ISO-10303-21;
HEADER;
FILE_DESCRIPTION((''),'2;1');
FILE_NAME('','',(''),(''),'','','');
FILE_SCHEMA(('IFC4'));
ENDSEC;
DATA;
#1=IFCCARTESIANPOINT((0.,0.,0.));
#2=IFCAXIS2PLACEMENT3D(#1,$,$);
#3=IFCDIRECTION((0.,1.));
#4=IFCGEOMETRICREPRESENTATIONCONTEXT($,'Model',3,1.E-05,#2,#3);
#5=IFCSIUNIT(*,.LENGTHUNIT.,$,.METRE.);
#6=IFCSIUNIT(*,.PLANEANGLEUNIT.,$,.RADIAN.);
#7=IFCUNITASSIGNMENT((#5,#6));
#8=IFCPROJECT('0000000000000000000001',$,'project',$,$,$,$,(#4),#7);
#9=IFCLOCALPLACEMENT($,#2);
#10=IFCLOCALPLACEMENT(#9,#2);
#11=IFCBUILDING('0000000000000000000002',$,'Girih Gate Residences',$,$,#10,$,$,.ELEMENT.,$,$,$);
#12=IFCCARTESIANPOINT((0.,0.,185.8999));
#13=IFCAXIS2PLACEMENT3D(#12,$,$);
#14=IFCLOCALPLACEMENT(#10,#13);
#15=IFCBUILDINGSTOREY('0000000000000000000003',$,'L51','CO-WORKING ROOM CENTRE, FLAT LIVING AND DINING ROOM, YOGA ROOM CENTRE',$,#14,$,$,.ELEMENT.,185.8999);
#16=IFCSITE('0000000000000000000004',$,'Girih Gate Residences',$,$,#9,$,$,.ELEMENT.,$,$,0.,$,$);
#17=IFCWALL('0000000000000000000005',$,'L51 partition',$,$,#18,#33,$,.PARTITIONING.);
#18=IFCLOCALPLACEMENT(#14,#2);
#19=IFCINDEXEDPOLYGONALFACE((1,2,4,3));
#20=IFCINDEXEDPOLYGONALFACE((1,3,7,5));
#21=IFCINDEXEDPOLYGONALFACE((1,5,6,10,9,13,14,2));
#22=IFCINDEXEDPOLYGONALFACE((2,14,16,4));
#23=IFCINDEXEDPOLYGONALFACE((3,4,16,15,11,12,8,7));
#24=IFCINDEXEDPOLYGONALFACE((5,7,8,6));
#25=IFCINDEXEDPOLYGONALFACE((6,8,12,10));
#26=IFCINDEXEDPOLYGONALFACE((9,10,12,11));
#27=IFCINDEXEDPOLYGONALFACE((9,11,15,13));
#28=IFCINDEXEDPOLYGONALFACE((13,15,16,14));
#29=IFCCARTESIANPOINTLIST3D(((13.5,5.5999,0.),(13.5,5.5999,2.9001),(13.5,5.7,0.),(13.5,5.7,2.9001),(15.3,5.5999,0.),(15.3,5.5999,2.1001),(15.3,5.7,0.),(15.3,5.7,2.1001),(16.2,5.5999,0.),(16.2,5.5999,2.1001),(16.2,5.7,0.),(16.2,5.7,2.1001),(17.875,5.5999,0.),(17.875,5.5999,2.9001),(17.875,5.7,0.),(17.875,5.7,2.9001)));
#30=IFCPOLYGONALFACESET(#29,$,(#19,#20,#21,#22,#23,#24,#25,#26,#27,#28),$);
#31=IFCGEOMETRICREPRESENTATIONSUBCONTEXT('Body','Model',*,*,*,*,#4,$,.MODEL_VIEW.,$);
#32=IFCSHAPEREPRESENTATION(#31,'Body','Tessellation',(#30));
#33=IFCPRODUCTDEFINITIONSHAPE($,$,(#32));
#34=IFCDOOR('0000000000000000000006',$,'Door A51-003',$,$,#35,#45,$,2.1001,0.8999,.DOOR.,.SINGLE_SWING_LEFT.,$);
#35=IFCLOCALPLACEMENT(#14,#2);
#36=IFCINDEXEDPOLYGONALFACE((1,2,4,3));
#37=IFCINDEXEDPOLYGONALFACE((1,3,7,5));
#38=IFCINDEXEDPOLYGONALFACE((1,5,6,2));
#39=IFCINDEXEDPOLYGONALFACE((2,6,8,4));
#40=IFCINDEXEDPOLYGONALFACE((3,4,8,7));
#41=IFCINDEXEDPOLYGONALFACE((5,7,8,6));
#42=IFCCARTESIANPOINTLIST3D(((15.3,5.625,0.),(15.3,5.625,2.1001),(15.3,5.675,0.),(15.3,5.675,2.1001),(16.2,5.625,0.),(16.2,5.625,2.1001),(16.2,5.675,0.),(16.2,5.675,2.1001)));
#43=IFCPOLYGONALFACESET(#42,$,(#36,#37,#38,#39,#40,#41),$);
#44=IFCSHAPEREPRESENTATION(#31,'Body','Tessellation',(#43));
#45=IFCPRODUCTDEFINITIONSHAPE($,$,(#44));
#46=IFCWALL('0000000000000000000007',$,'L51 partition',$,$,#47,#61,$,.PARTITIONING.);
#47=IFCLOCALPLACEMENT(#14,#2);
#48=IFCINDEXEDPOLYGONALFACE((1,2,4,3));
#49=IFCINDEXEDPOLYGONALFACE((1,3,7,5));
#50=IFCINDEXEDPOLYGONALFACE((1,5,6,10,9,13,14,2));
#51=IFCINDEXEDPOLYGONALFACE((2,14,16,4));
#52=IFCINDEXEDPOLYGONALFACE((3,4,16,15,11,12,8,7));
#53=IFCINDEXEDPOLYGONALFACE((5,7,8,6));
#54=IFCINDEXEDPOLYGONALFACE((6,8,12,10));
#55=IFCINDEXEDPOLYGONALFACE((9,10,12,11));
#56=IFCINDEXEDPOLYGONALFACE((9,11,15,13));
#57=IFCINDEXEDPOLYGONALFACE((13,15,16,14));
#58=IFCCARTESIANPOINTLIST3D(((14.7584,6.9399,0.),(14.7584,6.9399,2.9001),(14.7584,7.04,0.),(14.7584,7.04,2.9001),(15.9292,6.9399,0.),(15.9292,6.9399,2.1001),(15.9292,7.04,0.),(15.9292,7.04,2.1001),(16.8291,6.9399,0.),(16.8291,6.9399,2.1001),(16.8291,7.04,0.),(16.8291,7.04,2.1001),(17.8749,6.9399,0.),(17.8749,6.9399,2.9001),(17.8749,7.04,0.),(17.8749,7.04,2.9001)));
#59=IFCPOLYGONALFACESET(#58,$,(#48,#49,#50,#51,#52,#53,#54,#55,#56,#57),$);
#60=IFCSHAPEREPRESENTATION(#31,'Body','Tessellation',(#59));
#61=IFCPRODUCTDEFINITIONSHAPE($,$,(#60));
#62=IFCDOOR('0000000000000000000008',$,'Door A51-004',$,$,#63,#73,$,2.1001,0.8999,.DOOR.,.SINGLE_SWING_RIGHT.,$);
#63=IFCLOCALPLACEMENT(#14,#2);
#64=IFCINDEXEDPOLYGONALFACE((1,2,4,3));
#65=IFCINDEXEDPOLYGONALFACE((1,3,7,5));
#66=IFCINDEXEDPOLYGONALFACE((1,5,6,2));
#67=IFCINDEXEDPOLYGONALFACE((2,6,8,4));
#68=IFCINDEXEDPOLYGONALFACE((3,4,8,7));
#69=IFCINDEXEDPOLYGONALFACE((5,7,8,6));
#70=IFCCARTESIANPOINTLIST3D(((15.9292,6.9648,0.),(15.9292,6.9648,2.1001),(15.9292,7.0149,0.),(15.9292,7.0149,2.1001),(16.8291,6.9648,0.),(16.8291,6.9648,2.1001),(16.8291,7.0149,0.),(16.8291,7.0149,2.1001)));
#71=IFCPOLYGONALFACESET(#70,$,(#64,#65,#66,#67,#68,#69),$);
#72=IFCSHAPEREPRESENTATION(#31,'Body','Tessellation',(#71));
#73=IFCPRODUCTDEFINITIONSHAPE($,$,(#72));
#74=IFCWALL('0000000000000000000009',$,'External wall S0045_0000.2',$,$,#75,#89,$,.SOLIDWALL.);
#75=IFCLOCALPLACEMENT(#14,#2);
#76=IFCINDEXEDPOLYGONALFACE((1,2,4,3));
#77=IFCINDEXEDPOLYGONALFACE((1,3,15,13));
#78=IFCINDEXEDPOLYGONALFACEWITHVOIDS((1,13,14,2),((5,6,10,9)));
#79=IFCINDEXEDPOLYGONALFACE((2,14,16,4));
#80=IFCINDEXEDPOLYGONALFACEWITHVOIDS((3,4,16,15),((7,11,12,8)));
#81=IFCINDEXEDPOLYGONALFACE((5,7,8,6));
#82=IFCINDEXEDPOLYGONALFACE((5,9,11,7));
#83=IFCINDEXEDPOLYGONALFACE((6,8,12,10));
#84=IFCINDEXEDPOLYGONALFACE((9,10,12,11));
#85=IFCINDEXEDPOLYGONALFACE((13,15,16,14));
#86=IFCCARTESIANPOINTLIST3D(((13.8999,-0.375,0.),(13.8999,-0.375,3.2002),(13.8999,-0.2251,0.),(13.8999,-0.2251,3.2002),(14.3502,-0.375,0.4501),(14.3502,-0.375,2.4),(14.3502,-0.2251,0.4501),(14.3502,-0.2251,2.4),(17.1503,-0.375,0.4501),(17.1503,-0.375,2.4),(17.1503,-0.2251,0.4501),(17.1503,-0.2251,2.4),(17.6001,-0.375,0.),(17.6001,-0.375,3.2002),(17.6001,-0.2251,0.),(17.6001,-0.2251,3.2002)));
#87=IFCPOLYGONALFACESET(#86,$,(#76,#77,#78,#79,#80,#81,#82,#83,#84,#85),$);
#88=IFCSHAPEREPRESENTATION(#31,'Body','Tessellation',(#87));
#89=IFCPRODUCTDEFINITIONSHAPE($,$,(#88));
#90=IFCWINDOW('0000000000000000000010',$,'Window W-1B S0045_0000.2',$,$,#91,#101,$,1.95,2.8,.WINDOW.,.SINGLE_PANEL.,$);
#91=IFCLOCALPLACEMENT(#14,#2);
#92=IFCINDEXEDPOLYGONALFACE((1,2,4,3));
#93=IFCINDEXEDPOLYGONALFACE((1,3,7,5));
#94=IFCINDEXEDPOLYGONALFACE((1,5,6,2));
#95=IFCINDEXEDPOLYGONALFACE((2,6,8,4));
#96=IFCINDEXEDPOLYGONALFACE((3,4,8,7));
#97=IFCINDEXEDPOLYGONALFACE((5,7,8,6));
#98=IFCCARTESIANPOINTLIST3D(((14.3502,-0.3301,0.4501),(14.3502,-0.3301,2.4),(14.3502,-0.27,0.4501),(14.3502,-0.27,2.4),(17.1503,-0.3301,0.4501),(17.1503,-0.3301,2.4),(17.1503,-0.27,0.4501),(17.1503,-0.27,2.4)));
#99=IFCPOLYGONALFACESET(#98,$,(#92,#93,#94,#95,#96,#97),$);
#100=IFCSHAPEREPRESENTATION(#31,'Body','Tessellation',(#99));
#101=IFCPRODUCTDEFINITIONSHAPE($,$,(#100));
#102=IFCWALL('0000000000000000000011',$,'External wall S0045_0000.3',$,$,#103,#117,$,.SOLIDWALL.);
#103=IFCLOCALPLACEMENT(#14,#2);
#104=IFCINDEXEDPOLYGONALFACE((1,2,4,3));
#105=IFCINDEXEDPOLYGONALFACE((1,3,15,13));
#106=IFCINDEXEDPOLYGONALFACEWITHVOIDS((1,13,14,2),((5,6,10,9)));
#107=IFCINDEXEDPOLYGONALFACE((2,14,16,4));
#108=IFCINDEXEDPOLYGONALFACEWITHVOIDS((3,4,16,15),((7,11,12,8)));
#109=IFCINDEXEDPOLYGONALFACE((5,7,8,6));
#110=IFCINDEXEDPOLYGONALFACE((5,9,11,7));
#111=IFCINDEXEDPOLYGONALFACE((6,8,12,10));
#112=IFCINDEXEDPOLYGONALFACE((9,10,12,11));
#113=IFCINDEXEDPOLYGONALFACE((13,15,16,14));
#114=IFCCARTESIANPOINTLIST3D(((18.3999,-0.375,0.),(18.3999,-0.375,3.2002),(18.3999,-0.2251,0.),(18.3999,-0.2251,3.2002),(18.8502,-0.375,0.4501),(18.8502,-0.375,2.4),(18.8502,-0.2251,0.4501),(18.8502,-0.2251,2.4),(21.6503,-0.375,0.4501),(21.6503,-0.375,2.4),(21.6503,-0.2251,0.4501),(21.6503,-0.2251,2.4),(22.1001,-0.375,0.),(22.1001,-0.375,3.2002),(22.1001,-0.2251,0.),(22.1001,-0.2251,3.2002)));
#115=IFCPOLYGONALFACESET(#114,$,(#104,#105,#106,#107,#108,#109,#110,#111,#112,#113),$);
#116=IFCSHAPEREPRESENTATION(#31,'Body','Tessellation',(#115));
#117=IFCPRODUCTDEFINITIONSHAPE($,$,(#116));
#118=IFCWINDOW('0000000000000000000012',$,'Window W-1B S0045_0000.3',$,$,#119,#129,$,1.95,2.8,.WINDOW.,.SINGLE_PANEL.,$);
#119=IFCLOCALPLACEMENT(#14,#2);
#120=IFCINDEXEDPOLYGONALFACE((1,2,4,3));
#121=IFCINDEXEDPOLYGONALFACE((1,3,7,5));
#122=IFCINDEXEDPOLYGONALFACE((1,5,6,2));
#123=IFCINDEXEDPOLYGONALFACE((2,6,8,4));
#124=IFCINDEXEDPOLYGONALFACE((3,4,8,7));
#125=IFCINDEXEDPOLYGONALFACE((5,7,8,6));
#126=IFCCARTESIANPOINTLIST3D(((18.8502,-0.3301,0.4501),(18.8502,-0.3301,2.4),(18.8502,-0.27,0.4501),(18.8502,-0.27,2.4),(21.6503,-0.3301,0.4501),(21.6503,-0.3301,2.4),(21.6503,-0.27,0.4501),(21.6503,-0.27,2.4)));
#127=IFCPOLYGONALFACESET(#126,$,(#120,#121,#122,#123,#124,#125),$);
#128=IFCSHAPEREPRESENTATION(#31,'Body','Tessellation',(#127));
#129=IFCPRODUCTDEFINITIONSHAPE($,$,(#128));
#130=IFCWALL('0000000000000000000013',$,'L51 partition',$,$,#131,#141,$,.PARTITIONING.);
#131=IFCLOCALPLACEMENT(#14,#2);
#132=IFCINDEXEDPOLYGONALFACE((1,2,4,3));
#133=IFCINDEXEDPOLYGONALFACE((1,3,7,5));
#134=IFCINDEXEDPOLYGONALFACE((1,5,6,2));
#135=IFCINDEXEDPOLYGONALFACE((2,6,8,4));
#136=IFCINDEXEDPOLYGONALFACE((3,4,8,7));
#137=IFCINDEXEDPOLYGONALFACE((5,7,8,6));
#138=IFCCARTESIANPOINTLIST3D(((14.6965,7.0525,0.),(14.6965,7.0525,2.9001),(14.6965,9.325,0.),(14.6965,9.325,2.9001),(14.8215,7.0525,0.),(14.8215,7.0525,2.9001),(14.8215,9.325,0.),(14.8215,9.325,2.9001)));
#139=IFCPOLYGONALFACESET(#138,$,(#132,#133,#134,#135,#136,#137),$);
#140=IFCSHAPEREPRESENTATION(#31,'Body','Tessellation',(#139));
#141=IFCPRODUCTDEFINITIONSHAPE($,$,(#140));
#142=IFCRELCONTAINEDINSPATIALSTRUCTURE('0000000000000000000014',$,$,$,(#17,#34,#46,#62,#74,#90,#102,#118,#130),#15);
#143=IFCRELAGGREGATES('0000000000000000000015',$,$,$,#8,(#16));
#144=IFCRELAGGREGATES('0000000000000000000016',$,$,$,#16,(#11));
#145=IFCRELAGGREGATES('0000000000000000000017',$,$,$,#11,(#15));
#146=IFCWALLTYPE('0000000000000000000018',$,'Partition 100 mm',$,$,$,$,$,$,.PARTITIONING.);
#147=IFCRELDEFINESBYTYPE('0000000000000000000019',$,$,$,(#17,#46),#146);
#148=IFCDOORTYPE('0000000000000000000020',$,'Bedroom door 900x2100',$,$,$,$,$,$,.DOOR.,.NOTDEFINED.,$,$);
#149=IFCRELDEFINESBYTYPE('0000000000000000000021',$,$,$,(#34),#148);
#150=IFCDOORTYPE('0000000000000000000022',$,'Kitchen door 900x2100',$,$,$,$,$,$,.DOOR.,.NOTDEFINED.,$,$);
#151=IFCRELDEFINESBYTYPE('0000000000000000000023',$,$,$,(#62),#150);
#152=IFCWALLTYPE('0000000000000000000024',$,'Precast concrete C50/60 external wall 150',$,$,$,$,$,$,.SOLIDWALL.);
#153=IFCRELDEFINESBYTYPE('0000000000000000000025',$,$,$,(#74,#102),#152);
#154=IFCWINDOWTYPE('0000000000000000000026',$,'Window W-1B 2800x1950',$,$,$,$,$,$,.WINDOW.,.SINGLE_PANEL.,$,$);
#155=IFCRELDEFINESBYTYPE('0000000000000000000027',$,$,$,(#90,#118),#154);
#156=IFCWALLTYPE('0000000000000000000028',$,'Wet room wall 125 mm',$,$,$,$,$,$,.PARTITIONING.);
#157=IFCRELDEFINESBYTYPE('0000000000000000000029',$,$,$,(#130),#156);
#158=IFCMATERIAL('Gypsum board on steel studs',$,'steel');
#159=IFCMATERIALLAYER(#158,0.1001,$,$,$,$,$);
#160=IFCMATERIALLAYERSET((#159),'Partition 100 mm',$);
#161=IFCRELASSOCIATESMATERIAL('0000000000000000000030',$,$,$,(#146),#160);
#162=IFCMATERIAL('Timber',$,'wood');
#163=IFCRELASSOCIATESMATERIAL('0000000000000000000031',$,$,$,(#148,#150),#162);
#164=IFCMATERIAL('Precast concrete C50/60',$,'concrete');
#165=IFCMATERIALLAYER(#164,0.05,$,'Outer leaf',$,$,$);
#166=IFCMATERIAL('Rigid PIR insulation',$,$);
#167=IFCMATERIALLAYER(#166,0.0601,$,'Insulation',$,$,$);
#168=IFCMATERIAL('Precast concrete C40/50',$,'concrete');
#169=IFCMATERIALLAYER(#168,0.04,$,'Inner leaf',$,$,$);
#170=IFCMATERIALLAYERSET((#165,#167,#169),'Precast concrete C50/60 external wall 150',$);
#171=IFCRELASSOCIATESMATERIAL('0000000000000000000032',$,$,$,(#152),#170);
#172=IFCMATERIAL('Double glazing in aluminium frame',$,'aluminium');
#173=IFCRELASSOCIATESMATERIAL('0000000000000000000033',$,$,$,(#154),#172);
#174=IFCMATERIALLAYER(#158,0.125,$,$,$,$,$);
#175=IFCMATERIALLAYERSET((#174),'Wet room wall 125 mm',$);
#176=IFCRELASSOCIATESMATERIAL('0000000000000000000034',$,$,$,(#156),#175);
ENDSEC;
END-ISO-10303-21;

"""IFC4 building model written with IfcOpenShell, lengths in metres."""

from ifc_helpers import new_model, si_unit, direction, frame, frame_2d, origin, place, context, subcontext, project, spatial, rectangle, extrude, material, layer, layer_set, type_object, element, fill, save


model = new_model("IFC4")

# Units and contexts
model_context = context("Model", 3, precision=1e-05, world=origin(), true_north=direction((0.0, 1.0)))
body_context = subcontext(model_context, "Body", "Model", "MODEL_VIEW")
ifc_project = project(units=[si_unit("LENGTHUNIT", "METRE"), si_unit("PLANEANGLEUNIT", "RADIAN")], contexts=[model_context])

# Site, building, storey
site_placement = place(None, origin())
site = spatial("IfcSite", under=ifc_project, at=site_placement, Name="Girih Gate Residences", CompositionType="ELEMENT", RefElevation=0.0)
building_placement = place(site_placement, origin())
building = spatial("IfcBuilding", under=site, at=building_placement, Name="Girih Gate Residences", CompositionType="ELEMENT")
storey_placement = place(building_placement, frame((0.0, 0.0, 185.8999)))
storey = spatial("IfcBuildingStorey", under=building, at=storey_placement, Name="L51", Description="CO-WORKING ROOM CENTRE, FLAT LIVING AND DINING ROOM, YOGA ROOM CENTRE", CompositionType="ELEMENT", Elevation=185.8999)

# Shared definitions
ifc_material_1 = material(Name="Gypsum board on steel studs", Category="steel")
ifc_layer_1 = layer(ifc_material_1, 0.1001)
ifc_layer_set_1 = layer_set([ifc_layer_1], Name="Partition 100 mm")
wall_type_1 = type_object("IfcWallType", Name="Partition 100 mm", PredefinedType="PARTITIONING", material=ifc_layer_set_1)

# Walls, openings, doors
ifc_material_2 = material(Name="Timber", Category="wood")
door_type_1 = type_object("IfcDoorType", Name="Bedroom door 900x2100", OperationType="NOTDEFINED", PredefinedType="DOOR", material=ifc_material_2)
wall_1_placement = place(storey_placement, frame((17.875, 5.6499, 0.0), z_axis=(0.0, 0.0, 1.0), x_axis=(-1.0, 0.0, 0.0)))
wall_1 = element("IfcWall", 1, at=wall_1_placement, inside=storey, type_object=wall_type_1, Name="L51 partition", PredefinedType="PARTITIONING", context=body_context, shape_type="SweptSolid", body=[
    extrude(rectangle(XDim=4.375, YDim=0.1001, at=frame_2d((2.1875, 0.0))), origin(), (0.0, 0.0, 1.0), 2.9001),
])
opening_1_placement = place(wall_1_placement, frame((1.675, 0.0, 0.0)))
opening_1 = element("IfcOpeningElement", 2, at=opening_1_placement, cuts=wall_1, PredefinedType="OPENING", context=body_context, shape_type="SweptSolid", body=[
    extrude(rectangle(XDim=0.8999, YDim=2.1001, at=frame_2d((0.45, 1.05))), frame((0.0, 0.0601, 0.0), z_axis=(0.0, -1.0, 0.0), x_axis=(1.0, 0.0, 0.0)), (0.0, 0.0, 1.0), 0.1201),
])
door_1_placement = place(opening_1_placement, origin())
door_1 = element("IfcDoor", 3, at=door_1_placement, inside=storey, type_object=door_type_1, Name="Door A51-003", OperationType="SINGLE_SWING_LEFT", OverallHeight=2.1001, OverallWidth=0.8999, PredefinedType="DOOR", context=body_context, shape_type="SweptSolid", body=[
    extrude(rectangle(XDim=0.8999, YDim=2.1001, at=frame_2d((0.45, 1.05))), frame((0.0, 0.0249, 0.0), z_axis=(0.0, -1.0, 0.0), x_axis=(1.0, 0.0, 0.0)), (0.0, 0.0, 1.0), 0.05),
])
fill(opening_1, door_1)
wall_2_placement = place(storey_placement, frame((14.7585, 6.99, 0.0), z_axis=(0.0, 0.0, 1.0), x_axis=(1.0, 0.0, 0.0)))
wall_2 = element("IfcWall", 4, at=wall_2_placement, inside=storey, type_object=wall_type_1, Name="L51 partition", PredefinedType="PARTITIONING", context=body_context, shape_type="SweptSolid", body=[
    extrude(rectangle(XDim=3.1165, YDim=0.1001, at=frame_2d((1.5581, 0.0))), origin(), (0.0, 0.0, 1.0), 2.9001),
])
opening_2_placement = place(wall_2_placement, frame((1.1707, 0.0, 0.0)))
opening_2 = element("IfcOpeningElement", 5, at=opening_2_placement, cuts=wall_2, PredefinedType="OPENING", context=body_context, shape_type="SweptSolid", body=[
    extrude(rectangle(XDim=0.8999, YDim=2.1001, at=frame_2d((0.45, 1.05))), frame((0.0, 0.0601, 0.0), z_axis=(0.0, -1.0, 0.0), x_axis=(1.0, 0.0, 0.0)), (0.0, 0.0, 1.0), 0.1201),
])
door_type_2 = type_object("IfcDoorType", Name="Kitchen door 900x2100", OperationType="NOTDEFINED", PredefinedType="DOOR", material=ifc_material_2)
door_2_placement = place(opening_2_placement, origin())
door_2 = element("IfcDoor", 6, at=door_2_placement, inside=storey, type_object=door_type_2, Name="Door A51-004", OperationType="SINGLE_SWING_RIGHT", OverallHeight=2.1001, OverallWidth=0.8999, PredefinedType="DOOR", context=body_context, shape_type="SweptSolid", body=[
    extrude(rectangle(XDim=0.8999, YDim=2.1001, at=frame_2d((0.45, 1.05))), frame((0.0, 0.0249, 0.0), z_axis=(0.0, -1.0, 0.0), x_axis=(1.0, 0.0, 0.0)), (0.0, 0.0, 1.0), 0.05),
])
fill(opening_2, door_2)

# Walls, openings, windows
ifc_material_3 = material(Name="Precast concrete C50/60", Category="concrete")
ifc_layer_2 = layer(ifc_material_3, 0.05, Name="Outer leaf")
ifc_material_4 = material(Name="Rigid PIR insulation")
ifc_layer_3 = layer(ifc_material_4, 0.0601, Name="Insulation")
ifc_material_5 = material(Name="Precast concrete C40/50", Category="concrete")
ifc_layer_4 = layer(ifc_material_5, 0.04, Name="Inner leaf")
ifc_layer_set_2 = layer_set([ifc_layer_2, ifc_layer_3, ifc_layer_4], Name="Precast concrete C50/60 external wall 150")
wall_type_2 = type_object("IfcWallType", Name="Precast concrete C50/60 external wall 150", PredefinedType="SOLIDWALL", material=ifc_layer_set_2)
wall_3_placement = place(storey_placement, frame((17.6001, -0.3, 0.0), z_axis=(0.0, 0.0, 1.0), x_axis=(-1.0, 0.0, 0.0)))
wall_3 = element("IfcWall", 7, at=wall_3_placement, inside=storey, type_object=wall_type_2, Name="External wall S0045_0000.2", PredefinedType="SOLIDWALL", context=body_context, shape_type="SweptSolid", body=[
    extrude(rectangle(XDim=3.7002, YDim=0.1499, at=frame_2d((1.8501, 0.0))), origin(), (0.0, 0.0, 1.0), 3.2002),
])
opening_3_placement = place(wall_3_placement, frame((0.45, 0.0, 0.45)))
opening_3 = element("IfcOpeningElement", 8, at=opening_3_placement, cuts=wall_3, PredefinedType="OPENING", context=body_context, shape_type="SweptSolid", body=[
    extrude(rectangle(XDim=2.8, YDim=1.95, at=frame_2d((1.3999, 0.9751))), frame((0.0, 0.085, 0.0), z_axis=(0.0, -1.0, 0.0), x_axis=(1.0, 0.0, 0.0)), (0.0, 0.0, 1.0), 0.1699),
])
ifc_material_6 = material(Name="Double glazing in aluminium frame", Category="aluminium")
window_type = type_object("IfcWindowType", Name="Window W-1B 2800x1950", PartitioningType="SINGLE_PANEL", PredefinedType="WINDOW", material=ifc_material_6)
window_1_placement = place(opening_3_placement, origin())
window_1 = element("IfcWindow", 9, at=window_1_placement, inside=storey, type_object=window_type, Name="Window W-1B S0045_0000.2", OverallHeight=1.95, OverallWidth=2.8, PartitioningType="SINGLE_PANEL", PredefinedType="WINDOW", context=body_context, shape_type="SweptSolid", body=[
    extrude(rectangle(XDim=2.8, YDim=1.95, at=frame_2d((1.3999, 0.9751))), frame((0.0, 0.03, 0.0), z_axis=(0.0, -1.0, 0.0), x_axis=(1.0, 0.0, 0.0)), (0.0, 0.0, 1.0), 0.0601),
])
fill(opening_3, window_1)
wall_4_placement = place(storey_placement, frame((22.1001, -0.3, 0.0), z_axis=(0.0, 0.0, 1.0), x_axis=(-1.0, 0.0, 0.0)))
wall_4 = element("IfcWall", 10, at=wall_4_placement, inside=storey, type_object=wall_type_2, Name="External wall S0045_0000.3", PredefinedType="SOLIDWALL", context=body_context, shape_type="SweptSolid", body=[
    extrude(rectangle(XDim=3.7002, YDim=0.1499, at=frame_2d((1.8501, 0.0))), origin(), (0.0, 0.0, 1.0), 3.2002),
])
opening_4_placement = place(wall_4_placement, frame((0.45, 0.0, 0.45)))
opening_4 = element("IfcOpeningElement", 11, at=opening_4_placement, cuts=wall_4, PredefinedType="OPENING", context=body_context, shape_type="SweptSolid", body=[
    extrude(rectangle(XDim=2.8, YDim=1.95, at=frame_2d((1.3999, 0.9751))), frame((0.0, 0.085, 0.0), z_axis=(0.0, -1.0, 0.0), x_axis=(1.0, 0.0, 0.0)), (0.0, 0.0, 1.0), 0.1699),
])
window_2_placement = place(opening_4_placement, origin())
window_2 = element("IfcWindow", 12, at=window_2_placement, inside=storey, type_object=window_type, Name="Window W-1B S0045_0000.3", OverallHeight=1.95, OverallWidth=2.8, PartitioningType="SINGLE_PANEL", PredefinedType="WINDOW", context=body_context, shape_type="SweptSolid", body=[
    extrude(rectangle(XDim=2.8, YDim=1.95, at=frame_2d((1.3999, 0.9751))), frame((0.0, 0.03, 0.0), z_axis=(0.0, -1.0, 0.0), x_axis=(1.0, 0.0, 0.0)), (0.0, 0.0, 1.0), 0.0601),
])
fill(opening_4, window_2)

# Wall
ifc_layer_5 = layer(ifc_material_1, 0.125)
ifc_layer_set_3 = layer_set([ifc_layer_5], Name="Wet room wall 125 mm")
wall_type_3 = type_object("IfcWallType", Name="Wet room wall 125 mm", PredefinedType="PARTITIONING", material=ifc_layer_set_3)
wall_5_placement = place(storey_placement, frame((14.759, 7.0525, 0.0), z_axis=(0.0, 0.0, 1.0), x_axis=(0.0, 1.0, 0.0)))
element("IfcWall", 13, at=wall_5_placement, inside=storey, type_object=wall_type_3, Name="L51 partition", PredefinedType="PARTITIONING", context=body_context, shape_type="SweptSolid", body=[
    extrude(rectangle(XDim=2.2725, YDim=0.125, at=frame_2d((1.1362, 0.0))), origin(), (0.0, 0.0, 1.0), 2.9001),
])

save(model, "model.ifc")
